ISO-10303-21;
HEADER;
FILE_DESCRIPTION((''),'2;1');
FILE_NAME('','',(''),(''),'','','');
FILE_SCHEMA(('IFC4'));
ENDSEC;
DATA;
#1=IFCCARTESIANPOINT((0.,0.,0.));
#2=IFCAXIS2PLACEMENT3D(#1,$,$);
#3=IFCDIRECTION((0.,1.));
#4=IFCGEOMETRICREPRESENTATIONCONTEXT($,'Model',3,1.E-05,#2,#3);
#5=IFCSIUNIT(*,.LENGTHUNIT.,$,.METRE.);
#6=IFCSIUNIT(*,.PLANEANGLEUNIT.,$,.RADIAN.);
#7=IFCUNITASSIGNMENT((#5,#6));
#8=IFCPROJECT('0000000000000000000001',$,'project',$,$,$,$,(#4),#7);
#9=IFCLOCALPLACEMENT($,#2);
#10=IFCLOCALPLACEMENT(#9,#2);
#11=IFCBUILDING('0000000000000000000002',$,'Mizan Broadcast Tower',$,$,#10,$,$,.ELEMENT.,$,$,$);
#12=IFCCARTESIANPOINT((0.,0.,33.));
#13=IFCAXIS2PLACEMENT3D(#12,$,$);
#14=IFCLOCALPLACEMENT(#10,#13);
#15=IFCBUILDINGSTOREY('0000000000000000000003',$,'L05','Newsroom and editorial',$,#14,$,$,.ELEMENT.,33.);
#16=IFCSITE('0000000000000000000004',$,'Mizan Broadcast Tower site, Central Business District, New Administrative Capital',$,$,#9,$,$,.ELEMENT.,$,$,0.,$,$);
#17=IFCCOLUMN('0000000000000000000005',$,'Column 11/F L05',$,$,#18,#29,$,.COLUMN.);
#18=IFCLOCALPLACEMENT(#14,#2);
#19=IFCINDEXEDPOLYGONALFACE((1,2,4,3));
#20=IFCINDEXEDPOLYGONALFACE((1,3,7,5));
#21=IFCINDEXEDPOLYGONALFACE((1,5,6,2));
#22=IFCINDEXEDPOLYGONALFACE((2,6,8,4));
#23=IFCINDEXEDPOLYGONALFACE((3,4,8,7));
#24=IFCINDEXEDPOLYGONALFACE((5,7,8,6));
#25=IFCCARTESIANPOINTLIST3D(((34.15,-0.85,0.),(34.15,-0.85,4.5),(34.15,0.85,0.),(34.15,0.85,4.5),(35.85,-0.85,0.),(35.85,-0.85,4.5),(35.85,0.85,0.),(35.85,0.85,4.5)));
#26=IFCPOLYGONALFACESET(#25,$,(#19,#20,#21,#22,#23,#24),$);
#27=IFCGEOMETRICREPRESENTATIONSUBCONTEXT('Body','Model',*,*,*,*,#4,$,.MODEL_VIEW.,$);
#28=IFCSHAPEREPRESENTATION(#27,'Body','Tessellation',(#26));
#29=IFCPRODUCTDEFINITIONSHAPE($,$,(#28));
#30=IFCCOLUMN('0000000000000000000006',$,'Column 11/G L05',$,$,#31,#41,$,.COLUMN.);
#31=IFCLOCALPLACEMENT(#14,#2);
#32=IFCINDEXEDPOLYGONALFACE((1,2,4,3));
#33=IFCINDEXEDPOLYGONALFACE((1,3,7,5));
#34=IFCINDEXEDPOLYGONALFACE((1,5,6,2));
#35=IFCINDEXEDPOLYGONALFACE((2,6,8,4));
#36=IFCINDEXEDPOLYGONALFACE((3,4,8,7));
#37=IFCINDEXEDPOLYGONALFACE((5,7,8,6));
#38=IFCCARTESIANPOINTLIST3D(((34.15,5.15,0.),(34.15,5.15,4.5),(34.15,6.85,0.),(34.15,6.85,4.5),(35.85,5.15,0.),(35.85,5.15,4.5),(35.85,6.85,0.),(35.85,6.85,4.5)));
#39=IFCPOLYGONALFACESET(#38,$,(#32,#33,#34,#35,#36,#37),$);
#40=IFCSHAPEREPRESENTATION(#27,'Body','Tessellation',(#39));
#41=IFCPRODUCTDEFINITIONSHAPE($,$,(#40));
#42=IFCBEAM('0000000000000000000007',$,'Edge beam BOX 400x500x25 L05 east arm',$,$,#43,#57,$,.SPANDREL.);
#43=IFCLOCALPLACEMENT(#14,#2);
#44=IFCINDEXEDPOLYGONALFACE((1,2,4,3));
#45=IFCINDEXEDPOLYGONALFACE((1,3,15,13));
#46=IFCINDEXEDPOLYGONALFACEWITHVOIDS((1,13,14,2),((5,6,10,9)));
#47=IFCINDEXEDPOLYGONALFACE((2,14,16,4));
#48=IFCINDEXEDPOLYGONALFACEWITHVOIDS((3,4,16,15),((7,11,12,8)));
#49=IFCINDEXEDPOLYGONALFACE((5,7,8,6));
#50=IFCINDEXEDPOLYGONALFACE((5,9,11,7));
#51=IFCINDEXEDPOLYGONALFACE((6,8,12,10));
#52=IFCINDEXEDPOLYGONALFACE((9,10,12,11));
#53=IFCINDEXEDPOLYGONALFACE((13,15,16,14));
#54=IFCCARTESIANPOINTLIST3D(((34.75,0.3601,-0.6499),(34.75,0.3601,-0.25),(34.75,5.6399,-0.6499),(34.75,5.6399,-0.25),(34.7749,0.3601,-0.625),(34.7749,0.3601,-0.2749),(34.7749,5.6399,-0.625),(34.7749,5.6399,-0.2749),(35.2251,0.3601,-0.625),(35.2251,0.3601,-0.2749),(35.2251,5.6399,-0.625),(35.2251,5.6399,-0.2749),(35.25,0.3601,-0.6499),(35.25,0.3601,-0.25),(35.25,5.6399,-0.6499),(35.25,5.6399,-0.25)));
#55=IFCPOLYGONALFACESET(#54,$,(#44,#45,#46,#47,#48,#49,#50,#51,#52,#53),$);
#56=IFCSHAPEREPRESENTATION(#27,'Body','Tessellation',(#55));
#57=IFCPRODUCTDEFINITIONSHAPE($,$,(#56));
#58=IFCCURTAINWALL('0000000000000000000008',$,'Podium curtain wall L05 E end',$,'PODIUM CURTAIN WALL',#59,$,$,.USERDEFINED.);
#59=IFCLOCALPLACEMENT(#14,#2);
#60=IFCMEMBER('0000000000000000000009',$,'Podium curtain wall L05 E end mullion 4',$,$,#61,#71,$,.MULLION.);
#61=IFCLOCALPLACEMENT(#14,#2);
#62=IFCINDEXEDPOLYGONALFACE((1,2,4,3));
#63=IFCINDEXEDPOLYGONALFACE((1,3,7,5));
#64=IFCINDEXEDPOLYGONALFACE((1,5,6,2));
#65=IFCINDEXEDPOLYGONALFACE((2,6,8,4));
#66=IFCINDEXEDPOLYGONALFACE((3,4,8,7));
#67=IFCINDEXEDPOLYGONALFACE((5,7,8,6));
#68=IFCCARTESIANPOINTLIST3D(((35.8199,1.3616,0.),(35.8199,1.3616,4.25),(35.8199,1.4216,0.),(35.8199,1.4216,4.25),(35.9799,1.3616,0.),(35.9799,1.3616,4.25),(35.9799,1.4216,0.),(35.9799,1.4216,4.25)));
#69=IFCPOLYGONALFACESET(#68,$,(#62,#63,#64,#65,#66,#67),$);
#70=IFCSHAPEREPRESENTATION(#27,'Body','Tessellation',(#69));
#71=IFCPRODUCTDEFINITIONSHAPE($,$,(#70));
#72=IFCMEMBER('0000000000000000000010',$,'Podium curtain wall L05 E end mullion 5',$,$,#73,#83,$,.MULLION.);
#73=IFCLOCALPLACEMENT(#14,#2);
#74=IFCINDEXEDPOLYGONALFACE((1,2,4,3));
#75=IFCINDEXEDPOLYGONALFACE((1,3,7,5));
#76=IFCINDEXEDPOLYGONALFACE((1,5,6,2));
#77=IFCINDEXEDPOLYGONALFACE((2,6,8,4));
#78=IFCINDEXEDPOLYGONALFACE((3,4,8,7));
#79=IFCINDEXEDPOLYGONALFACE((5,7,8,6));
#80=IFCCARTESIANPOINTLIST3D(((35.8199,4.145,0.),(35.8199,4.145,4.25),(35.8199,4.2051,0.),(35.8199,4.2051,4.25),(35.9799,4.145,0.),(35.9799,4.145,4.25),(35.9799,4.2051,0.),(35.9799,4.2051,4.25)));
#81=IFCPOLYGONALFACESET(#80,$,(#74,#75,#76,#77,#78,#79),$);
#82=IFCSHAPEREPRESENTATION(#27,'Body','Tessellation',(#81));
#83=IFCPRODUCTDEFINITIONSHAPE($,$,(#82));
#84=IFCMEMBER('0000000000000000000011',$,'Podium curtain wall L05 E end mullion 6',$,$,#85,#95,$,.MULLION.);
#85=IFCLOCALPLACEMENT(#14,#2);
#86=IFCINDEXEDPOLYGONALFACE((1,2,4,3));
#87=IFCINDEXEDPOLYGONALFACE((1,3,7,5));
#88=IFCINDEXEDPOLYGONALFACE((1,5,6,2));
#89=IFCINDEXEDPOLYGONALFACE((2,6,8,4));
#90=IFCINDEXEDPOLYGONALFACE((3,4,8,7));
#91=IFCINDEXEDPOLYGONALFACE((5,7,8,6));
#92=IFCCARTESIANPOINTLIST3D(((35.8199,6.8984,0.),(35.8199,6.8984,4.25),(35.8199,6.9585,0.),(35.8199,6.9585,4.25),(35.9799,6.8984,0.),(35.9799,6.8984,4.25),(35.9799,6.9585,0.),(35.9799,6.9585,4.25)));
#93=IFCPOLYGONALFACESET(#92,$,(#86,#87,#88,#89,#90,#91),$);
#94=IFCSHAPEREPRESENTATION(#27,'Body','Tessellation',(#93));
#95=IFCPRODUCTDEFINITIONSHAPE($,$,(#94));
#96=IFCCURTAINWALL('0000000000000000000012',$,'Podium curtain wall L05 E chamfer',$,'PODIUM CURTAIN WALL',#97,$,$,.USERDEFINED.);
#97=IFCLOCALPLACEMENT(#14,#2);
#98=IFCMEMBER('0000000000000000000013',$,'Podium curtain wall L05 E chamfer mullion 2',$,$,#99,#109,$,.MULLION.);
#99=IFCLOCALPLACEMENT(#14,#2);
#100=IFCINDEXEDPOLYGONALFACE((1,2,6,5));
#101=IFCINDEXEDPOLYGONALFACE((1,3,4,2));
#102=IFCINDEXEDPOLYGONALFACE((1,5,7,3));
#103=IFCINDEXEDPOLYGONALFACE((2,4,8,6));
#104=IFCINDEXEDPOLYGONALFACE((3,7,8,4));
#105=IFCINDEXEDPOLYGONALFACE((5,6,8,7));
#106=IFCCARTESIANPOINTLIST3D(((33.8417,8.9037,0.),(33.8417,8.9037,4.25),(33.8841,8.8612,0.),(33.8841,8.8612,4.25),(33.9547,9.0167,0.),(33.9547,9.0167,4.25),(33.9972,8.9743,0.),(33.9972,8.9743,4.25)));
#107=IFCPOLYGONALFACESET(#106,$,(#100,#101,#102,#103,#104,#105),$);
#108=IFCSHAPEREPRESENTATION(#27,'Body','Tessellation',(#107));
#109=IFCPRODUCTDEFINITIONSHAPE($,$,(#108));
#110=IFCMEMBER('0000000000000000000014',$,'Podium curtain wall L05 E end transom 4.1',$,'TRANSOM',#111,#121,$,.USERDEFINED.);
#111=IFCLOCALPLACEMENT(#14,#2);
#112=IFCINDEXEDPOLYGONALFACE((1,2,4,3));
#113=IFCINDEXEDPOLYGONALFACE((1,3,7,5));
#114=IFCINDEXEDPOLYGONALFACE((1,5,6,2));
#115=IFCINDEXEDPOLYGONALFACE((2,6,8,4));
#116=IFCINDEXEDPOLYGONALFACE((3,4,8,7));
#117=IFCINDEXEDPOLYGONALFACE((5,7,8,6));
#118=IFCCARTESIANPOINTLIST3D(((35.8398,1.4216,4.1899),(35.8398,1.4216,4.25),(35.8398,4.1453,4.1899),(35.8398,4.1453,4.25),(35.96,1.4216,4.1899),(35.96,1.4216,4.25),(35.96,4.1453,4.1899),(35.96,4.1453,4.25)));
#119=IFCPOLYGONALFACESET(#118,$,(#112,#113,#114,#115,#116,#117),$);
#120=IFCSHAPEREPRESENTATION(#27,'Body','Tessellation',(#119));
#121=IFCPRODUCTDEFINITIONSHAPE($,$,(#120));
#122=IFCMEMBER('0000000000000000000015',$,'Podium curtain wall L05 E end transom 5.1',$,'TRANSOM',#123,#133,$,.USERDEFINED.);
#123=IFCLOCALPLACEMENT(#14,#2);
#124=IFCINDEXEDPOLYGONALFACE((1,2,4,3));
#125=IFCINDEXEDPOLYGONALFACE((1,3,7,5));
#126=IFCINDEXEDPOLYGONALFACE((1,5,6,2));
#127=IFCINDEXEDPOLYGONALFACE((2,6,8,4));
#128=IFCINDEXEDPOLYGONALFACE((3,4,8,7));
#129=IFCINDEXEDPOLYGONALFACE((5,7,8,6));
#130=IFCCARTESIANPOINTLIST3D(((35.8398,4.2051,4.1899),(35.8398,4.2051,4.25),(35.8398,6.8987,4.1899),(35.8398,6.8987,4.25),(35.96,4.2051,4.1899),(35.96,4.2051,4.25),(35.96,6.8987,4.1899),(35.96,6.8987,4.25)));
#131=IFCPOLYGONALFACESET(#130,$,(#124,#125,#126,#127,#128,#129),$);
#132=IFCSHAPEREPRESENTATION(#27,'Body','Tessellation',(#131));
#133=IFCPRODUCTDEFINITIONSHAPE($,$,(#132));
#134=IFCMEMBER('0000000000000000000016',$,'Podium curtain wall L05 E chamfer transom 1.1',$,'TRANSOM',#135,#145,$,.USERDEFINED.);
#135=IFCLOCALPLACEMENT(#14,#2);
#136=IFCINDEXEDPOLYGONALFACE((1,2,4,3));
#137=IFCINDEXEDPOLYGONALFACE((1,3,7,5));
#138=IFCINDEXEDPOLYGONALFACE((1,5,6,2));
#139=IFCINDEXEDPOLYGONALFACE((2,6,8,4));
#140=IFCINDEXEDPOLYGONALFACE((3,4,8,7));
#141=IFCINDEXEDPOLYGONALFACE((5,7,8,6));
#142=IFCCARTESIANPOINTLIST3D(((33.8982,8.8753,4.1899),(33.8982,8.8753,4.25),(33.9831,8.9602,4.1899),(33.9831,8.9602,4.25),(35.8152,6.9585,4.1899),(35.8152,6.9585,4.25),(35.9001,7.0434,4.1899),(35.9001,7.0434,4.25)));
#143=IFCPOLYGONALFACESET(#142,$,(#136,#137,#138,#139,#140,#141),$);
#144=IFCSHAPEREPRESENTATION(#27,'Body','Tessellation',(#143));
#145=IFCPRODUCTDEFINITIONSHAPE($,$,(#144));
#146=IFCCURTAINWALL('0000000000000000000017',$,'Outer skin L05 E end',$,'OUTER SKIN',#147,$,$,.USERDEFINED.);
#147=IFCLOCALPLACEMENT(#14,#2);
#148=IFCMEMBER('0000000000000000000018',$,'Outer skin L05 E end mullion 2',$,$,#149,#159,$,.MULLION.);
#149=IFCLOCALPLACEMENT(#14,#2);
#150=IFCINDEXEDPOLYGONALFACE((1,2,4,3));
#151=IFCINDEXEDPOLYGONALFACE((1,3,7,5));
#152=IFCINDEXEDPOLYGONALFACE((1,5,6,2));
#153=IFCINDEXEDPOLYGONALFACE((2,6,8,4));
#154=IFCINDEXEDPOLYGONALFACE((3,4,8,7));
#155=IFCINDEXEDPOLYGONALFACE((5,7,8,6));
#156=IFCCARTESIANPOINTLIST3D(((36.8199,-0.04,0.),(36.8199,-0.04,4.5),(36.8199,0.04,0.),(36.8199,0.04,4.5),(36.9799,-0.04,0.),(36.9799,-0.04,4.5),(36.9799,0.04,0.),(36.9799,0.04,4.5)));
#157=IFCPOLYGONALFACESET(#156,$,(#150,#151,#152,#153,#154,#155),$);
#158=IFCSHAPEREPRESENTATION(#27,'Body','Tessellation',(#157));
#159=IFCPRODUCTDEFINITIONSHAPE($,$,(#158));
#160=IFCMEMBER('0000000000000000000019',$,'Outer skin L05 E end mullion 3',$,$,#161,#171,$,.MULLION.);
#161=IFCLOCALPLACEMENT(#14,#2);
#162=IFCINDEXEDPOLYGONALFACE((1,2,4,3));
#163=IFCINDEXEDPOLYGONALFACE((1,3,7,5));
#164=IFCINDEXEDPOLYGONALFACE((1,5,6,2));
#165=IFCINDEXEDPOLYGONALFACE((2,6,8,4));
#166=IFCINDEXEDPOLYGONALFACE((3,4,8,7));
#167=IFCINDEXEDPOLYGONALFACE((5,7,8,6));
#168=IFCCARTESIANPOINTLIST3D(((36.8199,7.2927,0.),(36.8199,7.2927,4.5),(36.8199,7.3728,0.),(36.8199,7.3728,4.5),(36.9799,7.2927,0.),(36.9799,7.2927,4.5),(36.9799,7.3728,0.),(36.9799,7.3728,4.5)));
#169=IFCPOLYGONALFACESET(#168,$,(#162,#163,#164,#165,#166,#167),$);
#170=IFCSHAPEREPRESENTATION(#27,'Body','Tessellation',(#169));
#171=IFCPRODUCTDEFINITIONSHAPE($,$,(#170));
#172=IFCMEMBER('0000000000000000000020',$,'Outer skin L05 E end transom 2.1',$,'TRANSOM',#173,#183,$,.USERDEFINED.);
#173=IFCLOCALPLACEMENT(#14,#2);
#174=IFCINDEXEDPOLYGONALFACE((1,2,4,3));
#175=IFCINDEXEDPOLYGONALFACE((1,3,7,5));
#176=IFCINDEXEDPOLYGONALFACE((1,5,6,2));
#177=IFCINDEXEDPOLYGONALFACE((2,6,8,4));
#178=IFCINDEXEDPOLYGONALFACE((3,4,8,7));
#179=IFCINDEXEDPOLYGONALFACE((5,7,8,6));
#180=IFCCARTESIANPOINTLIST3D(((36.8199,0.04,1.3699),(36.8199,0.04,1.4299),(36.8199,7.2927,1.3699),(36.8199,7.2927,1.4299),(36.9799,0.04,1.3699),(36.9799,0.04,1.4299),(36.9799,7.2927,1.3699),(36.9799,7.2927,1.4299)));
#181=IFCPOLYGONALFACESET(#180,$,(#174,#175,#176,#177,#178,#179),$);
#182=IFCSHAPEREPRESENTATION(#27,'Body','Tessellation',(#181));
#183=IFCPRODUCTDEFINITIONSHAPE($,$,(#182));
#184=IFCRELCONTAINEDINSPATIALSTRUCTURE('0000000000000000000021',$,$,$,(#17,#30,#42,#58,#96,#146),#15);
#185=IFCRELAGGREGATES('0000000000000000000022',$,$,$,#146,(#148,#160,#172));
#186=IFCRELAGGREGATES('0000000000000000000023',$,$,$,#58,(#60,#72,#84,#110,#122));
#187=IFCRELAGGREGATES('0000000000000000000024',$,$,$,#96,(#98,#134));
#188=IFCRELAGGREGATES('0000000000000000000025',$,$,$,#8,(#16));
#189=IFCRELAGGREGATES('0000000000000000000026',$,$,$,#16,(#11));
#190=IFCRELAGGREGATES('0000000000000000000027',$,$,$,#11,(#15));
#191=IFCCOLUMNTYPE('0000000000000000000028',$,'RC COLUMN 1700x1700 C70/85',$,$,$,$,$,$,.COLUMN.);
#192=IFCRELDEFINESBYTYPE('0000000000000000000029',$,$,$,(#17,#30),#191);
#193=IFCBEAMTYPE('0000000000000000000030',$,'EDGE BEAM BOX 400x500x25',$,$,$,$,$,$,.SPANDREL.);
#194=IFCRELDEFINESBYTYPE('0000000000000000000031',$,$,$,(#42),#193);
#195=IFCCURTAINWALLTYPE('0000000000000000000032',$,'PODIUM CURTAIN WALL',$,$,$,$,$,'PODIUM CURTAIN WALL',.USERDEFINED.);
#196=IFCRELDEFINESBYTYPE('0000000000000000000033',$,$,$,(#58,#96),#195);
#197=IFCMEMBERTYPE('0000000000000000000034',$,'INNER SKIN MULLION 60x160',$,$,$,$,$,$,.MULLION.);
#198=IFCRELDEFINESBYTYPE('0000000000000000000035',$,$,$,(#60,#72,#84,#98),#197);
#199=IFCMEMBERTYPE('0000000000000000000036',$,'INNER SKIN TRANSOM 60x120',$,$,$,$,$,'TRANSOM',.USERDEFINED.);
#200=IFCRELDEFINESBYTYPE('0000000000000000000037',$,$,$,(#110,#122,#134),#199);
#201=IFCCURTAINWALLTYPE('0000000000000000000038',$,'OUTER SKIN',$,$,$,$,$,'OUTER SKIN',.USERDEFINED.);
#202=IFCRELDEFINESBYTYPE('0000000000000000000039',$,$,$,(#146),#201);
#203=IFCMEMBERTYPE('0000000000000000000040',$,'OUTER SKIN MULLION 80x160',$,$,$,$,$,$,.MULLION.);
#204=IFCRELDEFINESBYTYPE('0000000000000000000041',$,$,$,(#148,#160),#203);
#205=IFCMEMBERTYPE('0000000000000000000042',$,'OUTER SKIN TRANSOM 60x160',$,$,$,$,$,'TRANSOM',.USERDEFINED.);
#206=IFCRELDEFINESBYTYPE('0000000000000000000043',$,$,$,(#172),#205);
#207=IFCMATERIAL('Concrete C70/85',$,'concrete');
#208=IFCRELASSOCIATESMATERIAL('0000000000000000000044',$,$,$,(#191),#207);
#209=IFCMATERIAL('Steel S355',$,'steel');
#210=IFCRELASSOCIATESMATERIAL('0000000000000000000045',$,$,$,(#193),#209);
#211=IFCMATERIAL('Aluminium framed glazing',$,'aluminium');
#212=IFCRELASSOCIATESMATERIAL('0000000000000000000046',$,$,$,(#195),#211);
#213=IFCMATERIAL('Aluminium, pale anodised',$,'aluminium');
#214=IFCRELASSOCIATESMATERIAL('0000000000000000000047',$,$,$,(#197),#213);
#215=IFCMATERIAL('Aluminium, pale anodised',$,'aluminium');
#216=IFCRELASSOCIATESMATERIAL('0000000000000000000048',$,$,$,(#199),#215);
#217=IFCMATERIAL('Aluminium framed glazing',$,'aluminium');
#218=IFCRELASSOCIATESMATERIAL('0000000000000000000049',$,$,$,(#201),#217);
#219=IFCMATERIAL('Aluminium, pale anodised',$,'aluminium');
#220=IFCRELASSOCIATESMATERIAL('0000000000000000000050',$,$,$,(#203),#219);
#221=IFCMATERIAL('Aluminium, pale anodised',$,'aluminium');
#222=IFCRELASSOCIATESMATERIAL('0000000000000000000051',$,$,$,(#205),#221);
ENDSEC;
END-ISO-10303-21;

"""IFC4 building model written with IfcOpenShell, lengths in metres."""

from ifc_helpers import new_model, si_unit, direction, frame, origin, origin_2d, place, context, subcontext, project, spatial, rectangle, hollow_rectangle, extrude, material, material_profile, profile_set, type_object, element, aggregate, save


model = new_model("IFC4")

# Units and contexts
model_context = context("Model", 3, precision=1e-05, world=origin(), true_north=direction((0.0, 1.0)))
body_context = subcontext(model_context, "Body", "Model", "MODEL_VIEW")
ifc_project = project(units=[si_unit("LENGTHUNIT", "METRE"), si_unit("PLANEANGLEUNIT", "RADIAN")], contexts=[model_context])

# Site, building, storey
site_placement = place(None, origin())
site = spatial("IfcSite", under=ifc_project, at=site_placement, Name="Mizan Broadcast Tower site, Central Business District, New Administrative Capital", CompositionType="ELEMENT", RefElevation=0.0)
building_placement = place(site_placement, origin())
building = spatial("IfcBuilding", under=site, at=building_placement, Name="Mizan Broadcast Tower", CompositionType="ELEMENT")
storey_placement = place(building_placement, frame((0.0, 0.0, 33.0)))
storey = spatial("IfcBuildingStorey", under=building, at=storey_placement, Name="L05", Description="Newsroom and editorial", CompositionType="ELEMENT", Elevation=33.0)

# Columns
ifc_material_1 = material(Name="Concrete C70/85", Category="concrete")
ifc_material_profile_1 = material_profile(ifc_material_1, rectangle(XDim=1.7, YDim=1.7, at=origin_2d()), Name="RC 1700x1700")
ifc_profile_set_1 = profile_set([ifc_material_profile_1], Name="Concrete C70/85")
column_type = type_object("IfcColumnType", Name="RC COLUMN 1700x1700 C70/85", PredefinedType="COLUMN", material=ifc_profile_set_1)
for number, where, z_axis, x_axis, name in (
    (1, (35.0, 0.0, 0.0), (0.0, 0.0, 1.0), (1.0, 0.0, 0.0), "Column 11/F L05"),
    (2, (35.0, 6.0, 0.0), (0.0, 0.0, 1.0), (1.0, 0.0, 0.0), "Column 11/G L05"),
):
    element("IfcColumn", number, at=place(storey_placement, frame(where, z_axis=z_axis, x_axis=x_axis)), inside=storey, type_object=column_type, Name=name, PredefinedType="COLUMN", context=body_context, shape_type="SweptSolid", body=[
        extrude(rectangle(XDim=1.7, YDim=1.7, at=origin_2d()), origin(), (0.0, 0.0, 1.0), 4.5),
    ])

# Beam
ifc_material_2 = material(Name="Steel S355", Category="steel")
ifc_material_profile_2 = material_profile(ifc_material_2, hollow_rectangle(XDim=0.5, YDim=0.3999, WallThickness=0.0249, at=origin_2d()), Name="BOX 400x500x25")
ifc_profile_set_2 = profile_set([ifc_material_profile_2], Name="Steel S355")
beam_type = type_object("IfcBeamType", Name="EDGE BEAM BOX 400x500x25", PredefinedType="SPANDREL", material=ifc_profile_set_2)
beam_placement = place(storey_placement, frame((35.0, 5.6399, -0.45), z_axis=(0.0, -1.0, 0.0), x_axis=(1.0, 0.0, 0.0)))
element("IfcBeam", 3, at=beam_placement, inside=storey, type_object=beam_type, Name="Edge beam BOX 400x500x25 L05 east arm", PredefinedType="SPANDREL", context=body_context, shape_type="SweptSolid", body=[
    extrude(hollow_rectangle(XDim=0.5, YDim=0.3999, WallThickness=0.0249, at=origin_2d()), origin(), (0.0, 0.0, 1.0), 5.2798),
])

# Curtain wall, members
ifc_material_3 = material(Name="Aluminium framed glazing", Category="aluminium")
curtain_wall_type_1 = type_object("IfcCurtainWallType", Name="PODIUM CURTAIN WALL", ElementType="PODIUM CURTAIN WALL", PredefinedType="USERDEFINED", material=ifc_material_3)
curtain_wall_1_placement = place(storey_placement, origin())
curtain_wall_1 = element("IfcCurtainWall", 4, at=curtain_wall_1_placement, inside=storey, type_object=curtain_wall_type_1, Name="Podium curtain wall L05 E end", ObjectType="PODIUM CURTAIN WALL", PredefinedType="USERDEFINED")
ifc_material_4 = material(Name="Aluminium, pale anodised", Category="aluminium")
ifc_material_profile_3 = material_profile(ifc_material_4, rectangle(XDim=0.1599, YDim=0.0601, at=origin_2d()), Name="MULLION 160x60")
ifc_profile_set_3 = profile_set([ifc_material_profile_3], Name="Aluminium, pale anodised")
member_type_1 = type_object("IfcMemberType", Name="INNER SKIN MULLION 60x160", PredefinedType="MULLION", material=ifc_profile_set_3)
member_1_placement = place(storey_placement, frame((35.8999, 1.3916, 0.0), z_axis=(0.0, 0.0, 1.0), x_axis=(-1.0, 0.0, 0.0)))
member_1 = element("IfcMember", 5, at=member_1_placement, type_object=member_type_1, Name="Podium curtain wall L05 E end mullion 4", PredefinedType="MULLION", context=body_context, shape_type="SweptSolid", body=[
    extrude(rectangle(XDim=0.1599, YDim=0.0601, at=origin_2d()), origin(), (0.0, 0.0, 1.0), 4.25),
])
member_2_placement = place(storey_placement, frame((35.8999, 4.175, 0.0), z_axis=(0.0, 0.0, 1.0), x_axis=(-1.0, 0.0, 0.0)))
member_2 = element("IfcMember", 6, at=member_2_placement, type_object=member_type_1, Name="Podium curtain wall L05 E end mullion 5", PredefinedType="MULLION", context=body_context, shape_type="SweptSolid", body=[
    extrude(rectangle(XDim=0.1599, YDim=0.0601, at=origin_2d()), origin(), (0.0, 0.0, 1.0), 4.25),
])
member_3_placement = place(storey_placement, frame((35.8999, 6.9285, 0.0), z_axis=(0.0, 0.0, 1.0), x_axis=(-1.0, 0.0, 0.0)))
member_3 = element("IfcMember", 7, at=member_3_placement, type_object=member_type_1, Name="Podium curtain wall L05 E end mullion 6", PredefinedType="MULLION", context=body_context, shape_type="SweptSolid", body=[
    extrude(rectangle(XDim=0.1599, YDim=0.0601, at=origin_2d()), origin(), (0.0, 0.0, 1.0), 4.25),
])

# Curtain wall, member
curtain_wall_2_placement = place(storey_placement, origin())
curtain_wall_2 = element("IfcCurtainWall", 8, at=curtain_wall_2_placement, inside=storey, type_object=curtain_wall_type_1, Name="Podium curtain wall L05 E chamfer", ObjectType="PODIUM CURTAIN WALL", PredefinedType="USERDEFINED")
member_4_placement = place(storey_placement, frame((33.9194, 8.939, 0.0), z_axis=(0.0, 0.0, 1.0), x_axis=(-0.707107, -0.707107, 0.0)))
member_4 = element("IfcMember", 9, at=member_4_placement, type_object=member_type_1, Name="Podium curtain wall L05 E chamfer mullion 2", PredefinedType="MULLION", context=body_context, shape_type="SweptSolid", body=[
    extrude(rectangle(XDim=0.1599, YDim=0.0601, at=origin_2d()), origin(), (0.0, 0.0, 1.0), 4.25),
])

# Members
ifc_material_5 = material(Name="Aluminium, pale anodised", Category="aluminium")
ifc_material_profile_4 = material_profile(ifc_material_5, rectangle(XDim=0.1201, YDim=0.0601, at=origin_2d()), Name="TRANSOM 120x60")
ifc_profile_set_4 = profile_set([ifc_material_profile_4], Name="Aluminium, pale anodised")
member_type_2 = type_object("IfcMemberType", Name="INNER SKIN TRANSOM 60x120", ElementType="TRANSOM", PredefinedType="USERDEFINED", material=ifc_profile_set_4)
member_5_placement = place(storey_placement, frame((35.8999, 1.4216, 4.22), z_axis=(0.0, 1.0, 0.0), x_axis=(-1.0, 0.0, 0.0)))
member_5 = element("IfcMember", 10, at=member_5_placement, type_object=member_type_2, Name="Podium curtain wall L05 E end transom 4.1", ObjectType="TRANSOM", PredefinedType="USERDEFINED", context=body_context, shape_type="SweptSolid", body=[
    extrude(rectangle(XDim=0.1201, YDim=0.0601, at=origin_2d()), origin(), (0.0, 0.0, 1.0), 2.7236),
])
member_6_placement = place(storey_placement, frame((35.8999, 4.2051, 4.22), z_axis=(0.0, 1.0, 0.0), x_axis=(-1.0, 0.0, 0.0)))
member_6 = element("IfcMember", 11, at=member_6_placement, type_object=member_type_2, Name="Podium curtain wall L05 E end transom 5.1", ObjectType="TRANSOM", PredefinedType="USERDEFINED", context=body_context, shape_type="SweptSolid", body=[
    extrude(rectangle(XDim=0.1201, YDim=0.0601, at=origin_2d()), origin(), (0.0, 0.0, 1.0), 2.6936),
])
member_7_placement = place(storey_placement, frame((35.8577, 7.001, 4.22), z_axis=(-0.707152, 0.707062, 0.0), x_axis=(-0.707062, -0.707152, 0.0)))
member_7 = element("IfcMember", 12, at=member_7_placement, type_object=member_type_2, Name="Podium curtain wall L05 E chamfer transom 1.1", ObjectType="TRANSOM", PredefinedType="USERDEFINED", context=body_context, shape_type="SweptSolid", body=[
    extrude(rectangle(XDim=0.1201, YDim=0.0601, at=origin_2d()), origin(), (0.0, 0.0, 1.0), 2.7109),
])

# Curtain wall, members
ifc_material_6 = material(Name="Aluminium framed glazing", Category="aluminium")
curtain_wall_type_2 = type_object("IfcCurtainWallType", Name="OUTER SKIN", ElementType="OUTER SKIN", PredefinedType="USERDEFINED", material=ifc_material_6)
curtain_wall_3_placement = place(storey_placement, origin())
curtain_wall_3 = element("IfcCurtainWall", 13, at=curtain_wall_3_placement, inside=storey, type_object=curtain_wall_type_2, Name="Outer skin L05 E end", ObjectType="OUTER SKIN", PredefinedType="USERDEFINED")
ifc_material_7 = material(Name="Aluminium, pale anodised", Category="aluminium")
ifc_material_profile_5 = material_profile(ifc_material_7, rectangle(XDim=0.1599, YDim=0.0801, at=origin_2d()), Name="MULLION 160x80")
ifc_profile_set_5 = profile_set([ifc_material_profile_5], Name="Aluminium, pale anodised")
member_type_3 = type_object("IfcMemberType", Name="OUTER SKIN MULLION 80x160", PredefinedType="MULLION", material=ifc_profile_set_5)
member_8_placement = place(storey_placement, frame((36.8999, 0.0, 0.0), z_axis=(0.0, 0.0, 1.0), x_axis=(-1.0, 0.0, 0.0)))
member_8 = element("IfcMember", 14, at=member_8_placement, type_object=member_type_3, Name="Outer skin L05 E end mullion 2", PredefinedType="MULLION", context=body_context, shape_type="SweptSolid", body=[
    extrude(rectangle(XDim=0.1599, YDim=0.0801, at=origin_2d()), origin(), (0.0, 0.0, 1.0), 4.5),
])
member_9_placement = place(storey_placement, frame((36.8999, 7.3328, 0.0), z_axis=(0.0, 0.0, 1.0), x_axis=(-1.0, 0.0, 0.0)))
member_9 = element("IfcMember", 15, at=member_9_placement, type_object=member_type_3, Name="Outer skin L05 E end mullion 3", PredefinedType="MULLION", context=body_context, shape_type="SweptSolid", body=[
    extrude(rectangle(XDim=0.1599, YDim=0.0801, at=origin_2d()), origin(), (0.0, 0.0, 1.0), 4.5),
])
ifc_material_8 = material(Name="Aluminium, pale anodised", Category="aluminium")
ifc_material_profile_6 = material_profile(ifc_material_8, rectangle(XDim=0.1599, YDim=0.0601, at=origin_2d()), Name="TRANSOM 160x60")
ifc_profile_set_6 = profile_set([ifc_material_profile_6], Name="Aluminium, pale anodised")
member_type_4 = type_object("IfcMemberType", Name="OUTER SKIN TRANSOM 60x160", ElementType="TRANSOM", PredefinedType="USERDEFINED", material=ifc_profile_set_6)
member_10_placement = place(storey_placement, frame((36.8999, 0.04, 1.3999), z_axis=(0.0, 1.0, 0.0), x_axis=(-1.0, 0.0, 0.0)))
member_10 = element("IfcMember", 16, at=member_10_placement, type_object=member_type_4, Name="Outer skin L05 E end transom 2.1", ObjectType="TRANSOM", PredefinedType="USERDEFINED", context=body_context, shape_type="SweptSolid", body=[
    extrude(rectangle(XDim=0.1599, YDim=0.0601, at=origin_2d()), origin(), (0.0, 0.0, 1.0), 7.2527),
])

aggregate(curtain_wall_3, [member_8, member_9, member_10])
aggregate(curtain_wall_1, [member_1, member_2, member_3, member_5, member_6])
aggregate(curtain_wall_2, [member_4, member_7])

save(model, "model.ifc")
